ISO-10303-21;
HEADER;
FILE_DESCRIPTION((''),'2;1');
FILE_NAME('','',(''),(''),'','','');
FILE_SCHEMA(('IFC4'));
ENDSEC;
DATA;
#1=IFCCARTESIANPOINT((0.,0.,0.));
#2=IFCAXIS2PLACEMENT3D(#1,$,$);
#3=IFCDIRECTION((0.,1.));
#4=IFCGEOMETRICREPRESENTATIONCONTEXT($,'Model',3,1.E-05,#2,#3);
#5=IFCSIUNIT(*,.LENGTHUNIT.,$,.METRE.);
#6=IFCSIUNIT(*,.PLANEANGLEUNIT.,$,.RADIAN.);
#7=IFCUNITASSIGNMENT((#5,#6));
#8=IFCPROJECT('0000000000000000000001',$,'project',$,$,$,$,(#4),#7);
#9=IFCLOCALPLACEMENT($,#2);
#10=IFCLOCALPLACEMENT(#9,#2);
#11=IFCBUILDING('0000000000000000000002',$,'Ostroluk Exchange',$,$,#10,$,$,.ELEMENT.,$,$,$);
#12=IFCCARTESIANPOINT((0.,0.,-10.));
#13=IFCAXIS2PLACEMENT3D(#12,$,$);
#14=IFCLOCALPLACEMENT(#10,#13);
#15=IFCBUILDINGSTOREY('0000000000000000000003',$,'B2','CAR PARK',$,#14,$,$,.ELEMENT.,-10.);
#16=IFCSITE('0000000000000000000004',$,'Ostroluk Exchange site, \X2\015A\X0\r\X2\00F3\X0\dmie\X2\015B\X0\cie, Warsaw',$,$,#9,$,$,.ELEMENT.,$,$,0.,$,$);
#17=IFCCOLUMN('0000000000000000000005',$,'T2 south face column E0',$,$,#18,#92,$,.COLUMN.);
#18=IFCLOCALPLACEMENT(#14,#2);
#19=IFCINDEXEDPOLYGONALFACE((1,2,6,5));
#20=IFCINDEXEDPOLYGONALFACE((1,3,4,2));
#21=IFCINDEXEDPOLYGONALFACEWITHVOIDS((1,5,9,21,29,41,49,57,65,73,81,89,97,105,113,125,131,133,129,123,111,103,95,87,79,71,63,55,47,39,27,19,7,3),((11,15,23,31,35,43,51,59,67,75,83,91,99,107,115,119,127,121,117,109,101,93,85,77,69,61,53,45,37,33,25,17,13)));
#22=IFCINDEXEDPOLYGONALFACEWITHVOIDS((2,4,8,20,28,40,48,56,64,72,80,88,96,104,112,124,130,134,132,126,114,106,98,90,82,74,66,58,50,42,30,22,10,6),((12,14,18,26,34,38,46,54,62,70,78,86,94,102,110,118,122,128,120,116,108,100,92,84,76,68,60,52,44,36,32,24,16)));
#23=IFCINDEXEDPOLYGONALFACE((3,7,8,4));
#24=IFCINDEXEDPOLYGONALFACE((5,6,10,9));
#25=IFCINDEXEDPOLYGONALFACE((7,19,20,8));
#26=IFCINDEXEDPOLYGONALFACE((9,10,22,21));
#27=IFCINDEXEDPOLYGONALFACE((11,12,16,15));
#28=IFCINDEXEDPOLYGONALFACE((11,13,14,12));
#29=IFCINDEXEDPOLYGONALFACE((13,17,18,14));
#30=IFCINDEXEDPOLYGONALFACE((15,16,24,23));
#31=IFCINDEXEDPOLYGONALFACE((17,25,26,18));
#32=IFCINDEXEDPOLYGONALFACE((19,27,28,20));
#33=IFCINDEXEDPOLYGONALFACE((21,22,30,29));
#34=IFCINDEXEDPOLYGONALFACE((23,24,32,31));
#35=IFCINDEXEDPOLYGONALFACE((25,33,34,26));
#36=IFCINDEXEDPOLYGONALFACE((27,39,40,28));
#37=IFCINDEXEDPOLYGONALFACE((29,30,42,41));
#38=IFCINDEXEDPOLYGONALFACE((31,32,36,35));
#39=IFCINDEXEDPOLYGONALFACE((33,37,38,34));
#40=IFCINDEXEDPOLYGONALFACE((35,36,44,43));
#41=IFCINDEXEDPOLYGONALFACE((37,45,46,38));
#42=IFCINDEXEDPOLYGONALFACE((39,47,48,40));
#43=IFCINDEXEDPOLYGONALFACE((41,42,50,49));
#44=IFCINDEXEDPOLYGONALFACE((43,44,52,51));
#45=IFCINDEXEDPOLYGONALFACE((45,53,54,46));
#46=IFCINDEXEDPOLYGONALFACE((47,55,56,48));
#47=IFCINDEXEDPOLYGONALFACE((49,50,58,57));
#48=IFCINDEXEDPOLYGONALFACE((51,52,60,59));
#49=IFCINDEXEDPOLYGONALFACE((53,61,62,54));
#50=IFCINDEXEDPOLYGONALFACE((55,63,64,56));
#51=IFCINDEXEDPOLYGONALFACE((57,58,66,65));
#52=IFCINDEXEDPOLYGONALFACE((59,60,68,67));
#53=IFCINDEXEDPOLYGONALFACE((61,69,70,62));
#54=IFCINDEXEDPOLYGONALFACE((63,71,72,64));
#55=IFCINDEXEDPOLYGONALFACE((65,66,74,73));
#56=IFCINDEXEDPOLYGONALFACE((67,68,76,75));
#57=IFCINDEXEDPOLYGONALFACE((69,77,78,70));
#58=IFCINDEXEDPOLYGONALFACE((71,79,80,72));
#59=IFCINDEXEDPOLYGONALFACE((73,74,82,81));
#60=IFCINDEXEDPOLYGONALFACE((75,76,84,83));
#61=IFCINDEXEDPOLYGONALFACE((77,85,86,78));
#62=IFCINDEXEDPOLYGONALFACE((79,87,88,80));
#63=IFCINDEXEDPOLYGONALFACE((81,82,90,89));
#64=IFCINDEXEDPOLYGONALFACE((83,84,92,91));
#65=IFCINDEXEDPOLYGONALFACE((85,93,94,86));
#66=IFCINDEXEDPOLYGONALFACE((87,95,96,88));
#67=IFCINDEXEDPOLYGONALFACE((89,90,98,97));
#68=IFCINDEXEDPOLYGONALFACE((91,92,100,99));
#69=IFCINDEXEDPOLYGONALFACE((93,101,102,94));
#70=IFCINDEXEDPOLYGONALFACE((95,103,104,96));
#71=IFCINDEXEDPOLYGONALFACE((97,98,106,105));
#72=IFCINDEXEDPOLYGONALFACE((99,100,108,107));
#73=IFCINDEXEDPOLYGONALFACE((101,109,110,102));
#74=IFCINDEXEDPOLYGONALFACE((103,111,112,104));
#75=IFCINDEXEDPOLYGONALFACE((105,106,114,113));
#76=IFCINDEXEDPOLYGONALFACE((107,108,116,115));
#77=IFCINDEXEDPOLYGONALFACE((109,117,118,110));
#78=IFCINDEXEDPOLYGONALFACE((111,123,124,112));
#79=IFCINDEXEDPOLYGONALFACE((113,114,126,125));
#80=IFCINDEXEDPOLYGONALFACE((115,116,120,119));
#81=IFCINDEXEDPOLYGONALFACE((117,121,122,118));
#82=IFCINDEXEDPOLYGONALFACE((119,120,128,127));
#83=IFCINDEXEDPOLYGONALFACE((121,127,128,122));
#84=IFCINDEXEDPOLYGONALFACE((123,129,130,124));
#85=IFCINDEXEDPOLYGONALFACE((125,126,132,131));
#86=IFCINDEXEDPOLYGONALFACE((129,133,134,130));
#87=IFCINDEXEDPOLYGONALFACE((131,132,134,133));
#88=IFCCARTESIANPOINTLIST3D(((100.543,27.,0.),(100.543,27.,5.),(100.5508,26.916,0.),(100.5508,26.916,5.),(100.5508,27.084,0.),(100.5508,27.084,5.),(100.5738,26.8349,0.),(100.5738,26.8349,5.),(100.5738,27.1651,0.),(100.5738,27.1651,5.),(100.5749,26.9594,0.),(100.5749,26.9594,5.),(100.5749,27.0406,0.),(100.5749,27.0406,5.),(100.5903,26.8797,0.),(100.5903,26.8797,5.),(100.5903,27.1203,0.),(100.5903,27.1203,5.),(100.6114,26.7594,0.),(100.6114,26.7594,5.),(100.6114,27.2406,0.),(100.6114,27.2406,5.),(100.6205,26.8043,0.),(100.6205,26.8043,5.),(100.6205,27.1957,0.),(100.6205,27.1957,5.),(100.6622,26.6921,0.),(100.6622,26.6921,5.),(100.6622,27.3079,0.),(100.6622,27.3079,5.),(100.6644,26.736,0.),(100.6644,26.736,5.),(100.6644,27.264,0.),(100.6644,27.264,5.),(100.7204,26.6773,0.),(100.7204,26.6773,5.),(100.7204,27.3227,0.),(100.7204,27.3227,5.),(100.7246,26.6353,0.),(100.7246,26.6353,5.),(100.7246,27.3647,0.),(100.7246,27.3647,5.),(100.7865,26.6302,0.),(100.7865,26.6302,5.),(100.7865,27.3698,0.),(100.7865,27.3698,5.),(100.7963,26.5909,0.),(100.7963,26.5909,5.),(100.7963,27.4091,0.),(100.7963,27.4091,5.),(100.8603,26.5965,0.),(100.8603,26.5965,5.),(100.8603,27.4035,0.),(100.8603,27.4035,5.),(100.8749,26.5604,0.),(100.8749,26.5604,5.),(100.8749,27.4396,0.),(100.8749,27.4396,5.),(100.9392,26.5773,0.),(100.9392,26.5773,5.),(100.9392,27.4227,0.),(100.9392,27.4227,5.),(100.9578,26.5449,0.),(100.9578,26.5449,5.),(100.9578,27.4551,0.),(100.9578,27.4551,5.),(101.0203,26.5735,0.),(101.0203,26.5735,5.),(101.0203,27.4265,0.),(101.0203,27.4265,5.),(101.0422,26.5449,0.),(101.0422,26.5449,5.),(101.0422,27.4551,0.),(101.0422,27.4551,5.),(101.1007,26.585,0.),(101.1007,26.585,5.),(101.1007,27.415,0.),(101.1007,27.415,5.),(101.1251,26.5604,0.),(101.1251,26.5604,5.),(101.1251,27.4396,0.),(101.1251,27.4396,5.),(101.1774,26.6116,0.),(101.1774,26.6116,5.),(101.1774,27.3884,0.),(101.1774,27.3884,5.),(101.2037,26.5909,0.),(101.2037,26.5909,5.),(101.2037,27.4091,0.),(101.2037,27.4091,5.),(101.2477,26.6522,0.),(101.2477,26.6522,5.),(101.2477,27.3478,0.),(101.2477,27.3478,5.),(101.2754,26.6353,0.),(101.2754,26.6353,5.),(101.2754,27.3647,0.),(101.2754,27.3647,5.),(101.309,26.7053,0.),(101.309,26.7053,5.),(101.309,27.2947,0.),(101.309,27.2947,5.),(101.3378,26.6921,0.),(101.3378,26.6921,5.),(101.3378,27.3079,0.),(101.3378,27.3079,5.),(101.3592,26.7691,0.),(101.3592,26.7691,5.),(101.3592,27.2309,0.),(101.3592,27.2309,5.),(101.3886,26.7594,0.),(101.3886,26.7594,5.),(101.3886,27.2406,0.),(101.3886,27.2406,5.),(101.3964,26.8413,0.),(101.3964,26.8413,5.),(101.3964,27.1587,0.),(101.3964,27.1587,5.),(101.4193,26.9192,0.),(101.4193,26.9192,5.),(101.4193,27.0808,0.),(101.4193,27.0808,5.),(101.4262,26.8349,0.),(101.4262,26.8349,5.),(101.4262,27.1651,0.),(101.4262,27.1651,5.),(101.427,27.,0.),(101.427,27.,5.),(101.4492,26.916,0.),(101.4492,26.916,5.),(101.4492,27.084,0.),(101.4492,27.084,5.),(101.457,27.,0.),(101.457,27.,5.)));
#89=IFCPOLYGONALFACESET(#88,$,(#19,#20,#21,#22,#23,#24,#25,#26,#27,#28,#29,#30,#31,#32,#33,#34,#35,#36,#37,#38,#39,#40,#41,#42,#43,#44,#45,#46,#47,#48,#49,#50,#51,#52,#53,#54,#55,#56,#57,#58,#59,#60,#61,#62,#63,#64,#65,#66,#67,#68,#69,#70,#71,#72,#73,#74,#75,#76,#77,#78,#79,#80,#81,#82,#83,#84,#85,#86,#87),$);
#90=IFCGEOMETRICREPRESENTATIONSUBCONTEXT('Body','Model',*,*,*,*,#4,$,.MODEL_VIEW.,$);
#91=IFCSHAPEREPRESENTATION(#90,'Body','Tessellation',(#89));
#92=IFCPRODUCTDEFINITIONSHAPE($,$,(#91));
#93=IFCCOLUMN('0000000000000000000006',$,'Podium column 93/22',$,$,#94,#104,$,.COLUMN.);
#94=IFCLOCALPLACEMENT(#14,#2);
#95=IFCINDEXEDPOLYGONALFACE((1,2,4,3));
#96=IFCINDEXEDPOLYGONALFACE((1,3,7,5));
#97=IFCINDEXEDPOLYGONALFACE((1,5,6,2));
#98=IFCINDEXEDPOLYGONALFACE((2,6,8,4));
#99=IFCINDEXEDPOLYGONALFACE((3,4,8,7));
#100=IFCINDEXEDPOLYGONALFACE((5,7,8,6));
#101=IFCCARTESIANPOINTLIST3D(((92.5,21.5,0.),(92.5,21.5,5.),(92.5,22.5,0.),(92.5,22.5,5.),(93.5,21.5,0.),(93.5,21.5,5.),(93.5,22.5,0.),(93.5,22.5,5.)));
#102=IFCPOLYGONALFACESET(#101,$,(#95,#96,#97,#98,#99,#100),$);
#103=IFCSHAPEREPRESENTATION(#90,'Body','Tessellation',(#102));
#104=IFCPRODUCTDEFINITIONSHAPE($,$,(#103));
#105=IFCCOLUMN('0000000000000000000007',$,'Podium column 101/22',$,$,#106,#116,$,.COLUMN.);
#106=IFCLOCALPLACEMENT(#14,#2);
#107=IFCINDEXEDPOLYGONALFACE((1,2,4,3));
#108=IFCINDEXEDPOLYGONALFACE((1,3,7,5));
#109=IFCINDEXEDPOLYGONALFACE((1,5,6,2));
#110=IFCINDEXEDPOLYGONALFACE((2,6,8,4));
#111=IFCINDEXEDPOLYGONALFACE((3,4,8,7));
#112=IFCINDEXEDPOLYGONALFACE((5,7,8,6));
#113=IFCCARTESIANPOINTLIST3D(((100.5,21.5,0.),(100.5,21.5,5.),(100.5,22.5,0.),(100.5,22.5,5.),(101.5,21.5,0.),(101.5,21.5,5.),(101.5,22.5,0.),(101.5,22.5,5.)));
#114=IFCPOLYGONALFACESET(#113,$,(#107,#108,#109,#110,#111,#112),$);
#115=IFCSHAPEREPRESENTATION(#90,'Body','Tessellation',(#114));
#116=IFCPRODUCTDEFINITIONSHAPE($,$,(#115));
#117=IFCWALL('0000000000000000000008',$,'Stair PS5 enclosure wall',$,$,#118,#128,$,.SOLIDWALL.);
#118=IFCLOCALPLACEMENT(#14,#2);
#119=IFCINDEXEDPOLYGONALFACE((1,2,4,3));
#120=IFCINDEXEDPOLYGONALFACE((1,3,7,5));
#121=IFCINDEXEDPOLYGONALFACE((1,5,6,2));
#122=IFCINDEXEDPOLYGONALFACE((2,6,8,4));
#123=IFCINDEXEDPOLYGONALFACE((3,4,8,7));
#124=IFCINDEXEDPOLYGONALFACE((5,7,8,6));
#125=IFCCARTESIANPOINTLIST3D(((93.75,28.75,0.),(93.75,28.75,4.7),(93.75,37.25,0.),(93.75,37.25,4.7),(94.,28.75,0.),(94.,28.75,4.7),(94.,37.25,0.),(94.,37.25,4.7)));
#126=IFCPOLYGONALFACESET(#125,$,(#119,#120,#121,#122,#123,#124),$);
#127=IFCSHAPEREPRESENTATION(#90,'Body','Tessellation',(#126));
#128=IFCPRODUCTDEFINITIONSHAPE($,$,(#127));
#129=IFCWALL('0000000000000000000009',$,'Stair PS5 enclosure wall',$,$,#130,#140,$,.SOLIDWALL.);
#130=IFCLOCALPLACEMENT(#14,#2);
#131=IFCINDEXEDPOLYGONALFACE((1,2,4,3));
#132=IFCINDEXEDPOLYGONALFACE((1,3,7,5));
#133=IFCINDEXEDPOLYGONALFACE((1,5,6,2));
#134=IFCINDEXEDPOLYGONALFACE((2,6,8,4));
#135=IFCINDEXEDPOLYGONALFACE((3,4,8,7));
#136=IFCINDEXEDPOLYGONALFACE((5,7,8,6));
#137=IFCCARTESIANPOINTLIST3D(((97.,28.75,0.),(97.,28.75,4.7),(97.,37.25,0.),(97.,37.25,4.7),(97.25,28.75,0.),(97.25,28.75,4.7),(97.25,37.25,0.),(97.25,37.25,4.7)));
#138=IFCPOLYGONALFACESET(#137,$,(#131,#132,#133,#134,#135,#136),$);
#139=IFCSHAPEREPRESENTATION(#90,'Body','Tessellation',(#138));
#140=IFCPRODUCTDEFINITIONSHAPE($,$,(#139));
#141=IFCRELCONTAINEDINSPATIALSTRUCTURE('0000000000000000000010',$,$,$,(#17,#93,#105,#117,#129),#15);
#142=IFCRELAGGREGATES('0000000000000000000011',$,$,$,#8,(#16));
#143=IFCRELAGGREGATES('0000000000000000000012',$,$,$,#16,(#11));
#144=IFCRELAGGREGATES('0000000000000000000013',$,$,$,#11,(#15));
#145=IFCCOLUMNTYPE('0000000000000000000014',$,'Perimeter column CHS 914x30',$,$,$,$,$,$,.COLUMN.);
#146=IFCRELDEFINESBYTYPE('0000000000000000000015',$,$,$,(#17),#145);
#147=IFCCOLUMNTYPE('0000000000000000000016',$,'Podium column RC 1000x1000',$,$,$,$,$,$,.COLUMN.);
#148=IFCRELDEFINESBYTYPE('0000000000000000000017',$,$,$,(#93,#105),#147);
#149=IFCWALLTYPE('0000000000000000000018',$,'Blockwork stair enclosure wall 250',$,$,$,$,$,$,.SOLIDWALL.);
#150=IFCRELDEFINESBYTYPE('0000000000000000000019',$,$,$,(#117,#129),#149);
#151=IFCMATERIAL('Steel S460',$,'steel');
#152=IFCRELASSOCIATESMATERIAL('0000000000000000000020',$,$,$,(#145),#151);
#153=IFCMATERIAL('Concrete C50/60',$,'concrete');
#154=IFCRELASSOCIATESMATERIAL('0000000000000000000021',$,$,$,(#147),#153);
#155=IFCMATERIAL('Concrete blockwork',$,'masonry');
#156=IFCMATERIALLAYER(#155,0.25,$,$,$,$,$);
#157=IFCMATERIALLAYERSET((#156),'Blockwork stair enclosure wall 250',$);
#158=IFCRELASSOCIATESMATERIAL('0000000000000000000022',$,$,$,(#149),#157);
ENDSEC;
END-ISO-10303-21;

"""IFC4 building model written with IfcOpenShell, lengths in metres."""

from ifc_helpers import new_model, si_unit, direction, frame, frame_2d, origin, origin_2d, place, context, subcontext, project, spatial, rectangle, hollow_circle, extrude, material, layer, layer_set, material_profile, profile_set, type_object, element, save


model = new_model("IFC4")

# Units and contexts
model_context = context("Model", 3, precision=1e-05, world=origin(), true_north=direction((0.0, 1.0)))
body_context = subcontext(model_context, "Body", "Model", "MODEL_VIEW")
ifc_project = project(units=[si_unit("LENGTHUNIT", "METRE"), si_unit("PLANEANGLEUNIT", "RADIAN")], contexts=[model_context])

# Site, building, storey
site_placement = place(None, origin())
site = spatial("IfcSite", under=ifc_project, at=site_placement, Name="Ostroluk Exchange site, Śródmieście, Warsaw", CompositionType="ELEMENT", RefElevation=0.0)
building_placement = place(site_placement, origin())
building = spatial("IfcBuilding", under=site, at=building_placement, Name="Ostroluk Exchange", CompositionType="ELEMENT")
storey_placement = place(building_placement, frame((0.0, 0.0, -10.0)))
storey = spatial("IfcBuildingStorey", under=building, at=storey_placement, Name="B2", Description="CAR PARK", CompositionType="ELEMENT", Elevation=-10.0)

# Columns
ifc_material_1 = material(Name="Steel S460", Category="steel")
ifc_material_profile_1 = material_profile(ifc_material_1, hollow_circle(Radius=0.457, WallThickness=0.03, at=origin_2d()), Name="CHS 914x30")
ifc_profile_set_1 = profile_set([ifc_material_profile_1], Name="Steel S460")
column_type_1 = type_object("IfcColumnType", Name="Perimeter column CHS 914x30", PredefinedType="COLUMN", material=ifc_profile_set_1)
column_placement = place(storey_placement, frame((101.0, 27.0, 0.0), z_axis=(0.0, 0.0, 1.0), x_axis=(1.0, 0.0, 0.0)))
element("IfcColumn", 1, at=column_placement, inside=storey, type_object=column_type_1, Name="T2 south face column E0", PredefinedType="COLUMN", context=body_context, shape_type="SweptSolid", body=[
    extrude(hollow_circle(Radius=0.457, WallThickness=0.03, at=origin_2d()), origin(), (0.0, 0.0, 1.0), 5.0),
])
ifc_material_2 = material(Name="Concrete C50/60", Category="concrete")
ifc_material_profile_2 = material_profile(ifc_material_2, rectangle(XDim=1.0, YDim=1.0, at=origin_2d()), Name="RC 1000x1000")
ifc_profile_set_2 = profile_set([ifc_material_profile_2], Name="Concrete C50/60")
column_type_2 = type_object("IfcColumnType", Name="Podium column RC 1000x1000", PredefinedType="COLUMN", material=ifc_profile_set_2)
for number, where, z_axis, x_axis, name in (
    (2, (93.0, 22.0, 0.0), (0.0, 0.0, 1.0), (1.0, 0.0, 0.0), "Podium column 93/22"),
    (3, (101.0, 22.0, 0.0), (0.0, 0.0, 1.0), (1.0, 0.0, 0.0), "Podium column 101/22"),
):
    element("IfcColumn", number, at=place(storey_placement, frame(where, z_axis=z_axis, x_axis=x_axis)), inside=storey, type_object=column_type_2, Name=name, PredefinedType="COLUMN", context=body_context, shape_type="SweptSolid", body=[
        extrude(rectangle(XDim=1.0, YDim=1.0, at=origin_2d()), origin(), (0.0, 0.0, 1.0), 5.0),
    ])

# Walls
ifc_material_3 = material(Name="Concrete blockwork", Category="masonry")
ifc_layer_1 = layer(ifc_material_3, 0.25)
ifc_layer_set_1 = layer_set([ifc_layer_1], Name="Blockwork stair enclosure wall 250")
wall_type = type_object("IfcWallType", Name="Blockwork stair enclosure wall 250", PredefinedType="SOLIDWALL", material=ifc_layer_set_1)
for number, where, z_axis, x_axis, name in (
    (4, (93.875, 28.75, 0.0), (0.0, 0.0, 1.0), (0.0, 1.0, 0.0), "Stair PS5 enclosure wall"),
    (5, (97.125, 28.75, 0.0), (0.0, 0.0, 1.0), (0.0, 1.0, 0.0), "Stair PS5 enclosure wall"),
):
    element("IfcWall", number, at=place(storey_placement, frame(where, z_axis=z_axis, x_axis=x_axis)), inside=storey, type_object=wall_type, Name=name, PredefinedType="SOLIDWALL", context=body_context, shape_type="SweptSolid", body=[
        extrude(rectangle(XDim=8.5, YDim=0.25, at=frame_2d((4.25, 0.0))), origin(), (0.0, 0.0, 1.0), 4.7),
    ])

save(model, "model.ifc")
